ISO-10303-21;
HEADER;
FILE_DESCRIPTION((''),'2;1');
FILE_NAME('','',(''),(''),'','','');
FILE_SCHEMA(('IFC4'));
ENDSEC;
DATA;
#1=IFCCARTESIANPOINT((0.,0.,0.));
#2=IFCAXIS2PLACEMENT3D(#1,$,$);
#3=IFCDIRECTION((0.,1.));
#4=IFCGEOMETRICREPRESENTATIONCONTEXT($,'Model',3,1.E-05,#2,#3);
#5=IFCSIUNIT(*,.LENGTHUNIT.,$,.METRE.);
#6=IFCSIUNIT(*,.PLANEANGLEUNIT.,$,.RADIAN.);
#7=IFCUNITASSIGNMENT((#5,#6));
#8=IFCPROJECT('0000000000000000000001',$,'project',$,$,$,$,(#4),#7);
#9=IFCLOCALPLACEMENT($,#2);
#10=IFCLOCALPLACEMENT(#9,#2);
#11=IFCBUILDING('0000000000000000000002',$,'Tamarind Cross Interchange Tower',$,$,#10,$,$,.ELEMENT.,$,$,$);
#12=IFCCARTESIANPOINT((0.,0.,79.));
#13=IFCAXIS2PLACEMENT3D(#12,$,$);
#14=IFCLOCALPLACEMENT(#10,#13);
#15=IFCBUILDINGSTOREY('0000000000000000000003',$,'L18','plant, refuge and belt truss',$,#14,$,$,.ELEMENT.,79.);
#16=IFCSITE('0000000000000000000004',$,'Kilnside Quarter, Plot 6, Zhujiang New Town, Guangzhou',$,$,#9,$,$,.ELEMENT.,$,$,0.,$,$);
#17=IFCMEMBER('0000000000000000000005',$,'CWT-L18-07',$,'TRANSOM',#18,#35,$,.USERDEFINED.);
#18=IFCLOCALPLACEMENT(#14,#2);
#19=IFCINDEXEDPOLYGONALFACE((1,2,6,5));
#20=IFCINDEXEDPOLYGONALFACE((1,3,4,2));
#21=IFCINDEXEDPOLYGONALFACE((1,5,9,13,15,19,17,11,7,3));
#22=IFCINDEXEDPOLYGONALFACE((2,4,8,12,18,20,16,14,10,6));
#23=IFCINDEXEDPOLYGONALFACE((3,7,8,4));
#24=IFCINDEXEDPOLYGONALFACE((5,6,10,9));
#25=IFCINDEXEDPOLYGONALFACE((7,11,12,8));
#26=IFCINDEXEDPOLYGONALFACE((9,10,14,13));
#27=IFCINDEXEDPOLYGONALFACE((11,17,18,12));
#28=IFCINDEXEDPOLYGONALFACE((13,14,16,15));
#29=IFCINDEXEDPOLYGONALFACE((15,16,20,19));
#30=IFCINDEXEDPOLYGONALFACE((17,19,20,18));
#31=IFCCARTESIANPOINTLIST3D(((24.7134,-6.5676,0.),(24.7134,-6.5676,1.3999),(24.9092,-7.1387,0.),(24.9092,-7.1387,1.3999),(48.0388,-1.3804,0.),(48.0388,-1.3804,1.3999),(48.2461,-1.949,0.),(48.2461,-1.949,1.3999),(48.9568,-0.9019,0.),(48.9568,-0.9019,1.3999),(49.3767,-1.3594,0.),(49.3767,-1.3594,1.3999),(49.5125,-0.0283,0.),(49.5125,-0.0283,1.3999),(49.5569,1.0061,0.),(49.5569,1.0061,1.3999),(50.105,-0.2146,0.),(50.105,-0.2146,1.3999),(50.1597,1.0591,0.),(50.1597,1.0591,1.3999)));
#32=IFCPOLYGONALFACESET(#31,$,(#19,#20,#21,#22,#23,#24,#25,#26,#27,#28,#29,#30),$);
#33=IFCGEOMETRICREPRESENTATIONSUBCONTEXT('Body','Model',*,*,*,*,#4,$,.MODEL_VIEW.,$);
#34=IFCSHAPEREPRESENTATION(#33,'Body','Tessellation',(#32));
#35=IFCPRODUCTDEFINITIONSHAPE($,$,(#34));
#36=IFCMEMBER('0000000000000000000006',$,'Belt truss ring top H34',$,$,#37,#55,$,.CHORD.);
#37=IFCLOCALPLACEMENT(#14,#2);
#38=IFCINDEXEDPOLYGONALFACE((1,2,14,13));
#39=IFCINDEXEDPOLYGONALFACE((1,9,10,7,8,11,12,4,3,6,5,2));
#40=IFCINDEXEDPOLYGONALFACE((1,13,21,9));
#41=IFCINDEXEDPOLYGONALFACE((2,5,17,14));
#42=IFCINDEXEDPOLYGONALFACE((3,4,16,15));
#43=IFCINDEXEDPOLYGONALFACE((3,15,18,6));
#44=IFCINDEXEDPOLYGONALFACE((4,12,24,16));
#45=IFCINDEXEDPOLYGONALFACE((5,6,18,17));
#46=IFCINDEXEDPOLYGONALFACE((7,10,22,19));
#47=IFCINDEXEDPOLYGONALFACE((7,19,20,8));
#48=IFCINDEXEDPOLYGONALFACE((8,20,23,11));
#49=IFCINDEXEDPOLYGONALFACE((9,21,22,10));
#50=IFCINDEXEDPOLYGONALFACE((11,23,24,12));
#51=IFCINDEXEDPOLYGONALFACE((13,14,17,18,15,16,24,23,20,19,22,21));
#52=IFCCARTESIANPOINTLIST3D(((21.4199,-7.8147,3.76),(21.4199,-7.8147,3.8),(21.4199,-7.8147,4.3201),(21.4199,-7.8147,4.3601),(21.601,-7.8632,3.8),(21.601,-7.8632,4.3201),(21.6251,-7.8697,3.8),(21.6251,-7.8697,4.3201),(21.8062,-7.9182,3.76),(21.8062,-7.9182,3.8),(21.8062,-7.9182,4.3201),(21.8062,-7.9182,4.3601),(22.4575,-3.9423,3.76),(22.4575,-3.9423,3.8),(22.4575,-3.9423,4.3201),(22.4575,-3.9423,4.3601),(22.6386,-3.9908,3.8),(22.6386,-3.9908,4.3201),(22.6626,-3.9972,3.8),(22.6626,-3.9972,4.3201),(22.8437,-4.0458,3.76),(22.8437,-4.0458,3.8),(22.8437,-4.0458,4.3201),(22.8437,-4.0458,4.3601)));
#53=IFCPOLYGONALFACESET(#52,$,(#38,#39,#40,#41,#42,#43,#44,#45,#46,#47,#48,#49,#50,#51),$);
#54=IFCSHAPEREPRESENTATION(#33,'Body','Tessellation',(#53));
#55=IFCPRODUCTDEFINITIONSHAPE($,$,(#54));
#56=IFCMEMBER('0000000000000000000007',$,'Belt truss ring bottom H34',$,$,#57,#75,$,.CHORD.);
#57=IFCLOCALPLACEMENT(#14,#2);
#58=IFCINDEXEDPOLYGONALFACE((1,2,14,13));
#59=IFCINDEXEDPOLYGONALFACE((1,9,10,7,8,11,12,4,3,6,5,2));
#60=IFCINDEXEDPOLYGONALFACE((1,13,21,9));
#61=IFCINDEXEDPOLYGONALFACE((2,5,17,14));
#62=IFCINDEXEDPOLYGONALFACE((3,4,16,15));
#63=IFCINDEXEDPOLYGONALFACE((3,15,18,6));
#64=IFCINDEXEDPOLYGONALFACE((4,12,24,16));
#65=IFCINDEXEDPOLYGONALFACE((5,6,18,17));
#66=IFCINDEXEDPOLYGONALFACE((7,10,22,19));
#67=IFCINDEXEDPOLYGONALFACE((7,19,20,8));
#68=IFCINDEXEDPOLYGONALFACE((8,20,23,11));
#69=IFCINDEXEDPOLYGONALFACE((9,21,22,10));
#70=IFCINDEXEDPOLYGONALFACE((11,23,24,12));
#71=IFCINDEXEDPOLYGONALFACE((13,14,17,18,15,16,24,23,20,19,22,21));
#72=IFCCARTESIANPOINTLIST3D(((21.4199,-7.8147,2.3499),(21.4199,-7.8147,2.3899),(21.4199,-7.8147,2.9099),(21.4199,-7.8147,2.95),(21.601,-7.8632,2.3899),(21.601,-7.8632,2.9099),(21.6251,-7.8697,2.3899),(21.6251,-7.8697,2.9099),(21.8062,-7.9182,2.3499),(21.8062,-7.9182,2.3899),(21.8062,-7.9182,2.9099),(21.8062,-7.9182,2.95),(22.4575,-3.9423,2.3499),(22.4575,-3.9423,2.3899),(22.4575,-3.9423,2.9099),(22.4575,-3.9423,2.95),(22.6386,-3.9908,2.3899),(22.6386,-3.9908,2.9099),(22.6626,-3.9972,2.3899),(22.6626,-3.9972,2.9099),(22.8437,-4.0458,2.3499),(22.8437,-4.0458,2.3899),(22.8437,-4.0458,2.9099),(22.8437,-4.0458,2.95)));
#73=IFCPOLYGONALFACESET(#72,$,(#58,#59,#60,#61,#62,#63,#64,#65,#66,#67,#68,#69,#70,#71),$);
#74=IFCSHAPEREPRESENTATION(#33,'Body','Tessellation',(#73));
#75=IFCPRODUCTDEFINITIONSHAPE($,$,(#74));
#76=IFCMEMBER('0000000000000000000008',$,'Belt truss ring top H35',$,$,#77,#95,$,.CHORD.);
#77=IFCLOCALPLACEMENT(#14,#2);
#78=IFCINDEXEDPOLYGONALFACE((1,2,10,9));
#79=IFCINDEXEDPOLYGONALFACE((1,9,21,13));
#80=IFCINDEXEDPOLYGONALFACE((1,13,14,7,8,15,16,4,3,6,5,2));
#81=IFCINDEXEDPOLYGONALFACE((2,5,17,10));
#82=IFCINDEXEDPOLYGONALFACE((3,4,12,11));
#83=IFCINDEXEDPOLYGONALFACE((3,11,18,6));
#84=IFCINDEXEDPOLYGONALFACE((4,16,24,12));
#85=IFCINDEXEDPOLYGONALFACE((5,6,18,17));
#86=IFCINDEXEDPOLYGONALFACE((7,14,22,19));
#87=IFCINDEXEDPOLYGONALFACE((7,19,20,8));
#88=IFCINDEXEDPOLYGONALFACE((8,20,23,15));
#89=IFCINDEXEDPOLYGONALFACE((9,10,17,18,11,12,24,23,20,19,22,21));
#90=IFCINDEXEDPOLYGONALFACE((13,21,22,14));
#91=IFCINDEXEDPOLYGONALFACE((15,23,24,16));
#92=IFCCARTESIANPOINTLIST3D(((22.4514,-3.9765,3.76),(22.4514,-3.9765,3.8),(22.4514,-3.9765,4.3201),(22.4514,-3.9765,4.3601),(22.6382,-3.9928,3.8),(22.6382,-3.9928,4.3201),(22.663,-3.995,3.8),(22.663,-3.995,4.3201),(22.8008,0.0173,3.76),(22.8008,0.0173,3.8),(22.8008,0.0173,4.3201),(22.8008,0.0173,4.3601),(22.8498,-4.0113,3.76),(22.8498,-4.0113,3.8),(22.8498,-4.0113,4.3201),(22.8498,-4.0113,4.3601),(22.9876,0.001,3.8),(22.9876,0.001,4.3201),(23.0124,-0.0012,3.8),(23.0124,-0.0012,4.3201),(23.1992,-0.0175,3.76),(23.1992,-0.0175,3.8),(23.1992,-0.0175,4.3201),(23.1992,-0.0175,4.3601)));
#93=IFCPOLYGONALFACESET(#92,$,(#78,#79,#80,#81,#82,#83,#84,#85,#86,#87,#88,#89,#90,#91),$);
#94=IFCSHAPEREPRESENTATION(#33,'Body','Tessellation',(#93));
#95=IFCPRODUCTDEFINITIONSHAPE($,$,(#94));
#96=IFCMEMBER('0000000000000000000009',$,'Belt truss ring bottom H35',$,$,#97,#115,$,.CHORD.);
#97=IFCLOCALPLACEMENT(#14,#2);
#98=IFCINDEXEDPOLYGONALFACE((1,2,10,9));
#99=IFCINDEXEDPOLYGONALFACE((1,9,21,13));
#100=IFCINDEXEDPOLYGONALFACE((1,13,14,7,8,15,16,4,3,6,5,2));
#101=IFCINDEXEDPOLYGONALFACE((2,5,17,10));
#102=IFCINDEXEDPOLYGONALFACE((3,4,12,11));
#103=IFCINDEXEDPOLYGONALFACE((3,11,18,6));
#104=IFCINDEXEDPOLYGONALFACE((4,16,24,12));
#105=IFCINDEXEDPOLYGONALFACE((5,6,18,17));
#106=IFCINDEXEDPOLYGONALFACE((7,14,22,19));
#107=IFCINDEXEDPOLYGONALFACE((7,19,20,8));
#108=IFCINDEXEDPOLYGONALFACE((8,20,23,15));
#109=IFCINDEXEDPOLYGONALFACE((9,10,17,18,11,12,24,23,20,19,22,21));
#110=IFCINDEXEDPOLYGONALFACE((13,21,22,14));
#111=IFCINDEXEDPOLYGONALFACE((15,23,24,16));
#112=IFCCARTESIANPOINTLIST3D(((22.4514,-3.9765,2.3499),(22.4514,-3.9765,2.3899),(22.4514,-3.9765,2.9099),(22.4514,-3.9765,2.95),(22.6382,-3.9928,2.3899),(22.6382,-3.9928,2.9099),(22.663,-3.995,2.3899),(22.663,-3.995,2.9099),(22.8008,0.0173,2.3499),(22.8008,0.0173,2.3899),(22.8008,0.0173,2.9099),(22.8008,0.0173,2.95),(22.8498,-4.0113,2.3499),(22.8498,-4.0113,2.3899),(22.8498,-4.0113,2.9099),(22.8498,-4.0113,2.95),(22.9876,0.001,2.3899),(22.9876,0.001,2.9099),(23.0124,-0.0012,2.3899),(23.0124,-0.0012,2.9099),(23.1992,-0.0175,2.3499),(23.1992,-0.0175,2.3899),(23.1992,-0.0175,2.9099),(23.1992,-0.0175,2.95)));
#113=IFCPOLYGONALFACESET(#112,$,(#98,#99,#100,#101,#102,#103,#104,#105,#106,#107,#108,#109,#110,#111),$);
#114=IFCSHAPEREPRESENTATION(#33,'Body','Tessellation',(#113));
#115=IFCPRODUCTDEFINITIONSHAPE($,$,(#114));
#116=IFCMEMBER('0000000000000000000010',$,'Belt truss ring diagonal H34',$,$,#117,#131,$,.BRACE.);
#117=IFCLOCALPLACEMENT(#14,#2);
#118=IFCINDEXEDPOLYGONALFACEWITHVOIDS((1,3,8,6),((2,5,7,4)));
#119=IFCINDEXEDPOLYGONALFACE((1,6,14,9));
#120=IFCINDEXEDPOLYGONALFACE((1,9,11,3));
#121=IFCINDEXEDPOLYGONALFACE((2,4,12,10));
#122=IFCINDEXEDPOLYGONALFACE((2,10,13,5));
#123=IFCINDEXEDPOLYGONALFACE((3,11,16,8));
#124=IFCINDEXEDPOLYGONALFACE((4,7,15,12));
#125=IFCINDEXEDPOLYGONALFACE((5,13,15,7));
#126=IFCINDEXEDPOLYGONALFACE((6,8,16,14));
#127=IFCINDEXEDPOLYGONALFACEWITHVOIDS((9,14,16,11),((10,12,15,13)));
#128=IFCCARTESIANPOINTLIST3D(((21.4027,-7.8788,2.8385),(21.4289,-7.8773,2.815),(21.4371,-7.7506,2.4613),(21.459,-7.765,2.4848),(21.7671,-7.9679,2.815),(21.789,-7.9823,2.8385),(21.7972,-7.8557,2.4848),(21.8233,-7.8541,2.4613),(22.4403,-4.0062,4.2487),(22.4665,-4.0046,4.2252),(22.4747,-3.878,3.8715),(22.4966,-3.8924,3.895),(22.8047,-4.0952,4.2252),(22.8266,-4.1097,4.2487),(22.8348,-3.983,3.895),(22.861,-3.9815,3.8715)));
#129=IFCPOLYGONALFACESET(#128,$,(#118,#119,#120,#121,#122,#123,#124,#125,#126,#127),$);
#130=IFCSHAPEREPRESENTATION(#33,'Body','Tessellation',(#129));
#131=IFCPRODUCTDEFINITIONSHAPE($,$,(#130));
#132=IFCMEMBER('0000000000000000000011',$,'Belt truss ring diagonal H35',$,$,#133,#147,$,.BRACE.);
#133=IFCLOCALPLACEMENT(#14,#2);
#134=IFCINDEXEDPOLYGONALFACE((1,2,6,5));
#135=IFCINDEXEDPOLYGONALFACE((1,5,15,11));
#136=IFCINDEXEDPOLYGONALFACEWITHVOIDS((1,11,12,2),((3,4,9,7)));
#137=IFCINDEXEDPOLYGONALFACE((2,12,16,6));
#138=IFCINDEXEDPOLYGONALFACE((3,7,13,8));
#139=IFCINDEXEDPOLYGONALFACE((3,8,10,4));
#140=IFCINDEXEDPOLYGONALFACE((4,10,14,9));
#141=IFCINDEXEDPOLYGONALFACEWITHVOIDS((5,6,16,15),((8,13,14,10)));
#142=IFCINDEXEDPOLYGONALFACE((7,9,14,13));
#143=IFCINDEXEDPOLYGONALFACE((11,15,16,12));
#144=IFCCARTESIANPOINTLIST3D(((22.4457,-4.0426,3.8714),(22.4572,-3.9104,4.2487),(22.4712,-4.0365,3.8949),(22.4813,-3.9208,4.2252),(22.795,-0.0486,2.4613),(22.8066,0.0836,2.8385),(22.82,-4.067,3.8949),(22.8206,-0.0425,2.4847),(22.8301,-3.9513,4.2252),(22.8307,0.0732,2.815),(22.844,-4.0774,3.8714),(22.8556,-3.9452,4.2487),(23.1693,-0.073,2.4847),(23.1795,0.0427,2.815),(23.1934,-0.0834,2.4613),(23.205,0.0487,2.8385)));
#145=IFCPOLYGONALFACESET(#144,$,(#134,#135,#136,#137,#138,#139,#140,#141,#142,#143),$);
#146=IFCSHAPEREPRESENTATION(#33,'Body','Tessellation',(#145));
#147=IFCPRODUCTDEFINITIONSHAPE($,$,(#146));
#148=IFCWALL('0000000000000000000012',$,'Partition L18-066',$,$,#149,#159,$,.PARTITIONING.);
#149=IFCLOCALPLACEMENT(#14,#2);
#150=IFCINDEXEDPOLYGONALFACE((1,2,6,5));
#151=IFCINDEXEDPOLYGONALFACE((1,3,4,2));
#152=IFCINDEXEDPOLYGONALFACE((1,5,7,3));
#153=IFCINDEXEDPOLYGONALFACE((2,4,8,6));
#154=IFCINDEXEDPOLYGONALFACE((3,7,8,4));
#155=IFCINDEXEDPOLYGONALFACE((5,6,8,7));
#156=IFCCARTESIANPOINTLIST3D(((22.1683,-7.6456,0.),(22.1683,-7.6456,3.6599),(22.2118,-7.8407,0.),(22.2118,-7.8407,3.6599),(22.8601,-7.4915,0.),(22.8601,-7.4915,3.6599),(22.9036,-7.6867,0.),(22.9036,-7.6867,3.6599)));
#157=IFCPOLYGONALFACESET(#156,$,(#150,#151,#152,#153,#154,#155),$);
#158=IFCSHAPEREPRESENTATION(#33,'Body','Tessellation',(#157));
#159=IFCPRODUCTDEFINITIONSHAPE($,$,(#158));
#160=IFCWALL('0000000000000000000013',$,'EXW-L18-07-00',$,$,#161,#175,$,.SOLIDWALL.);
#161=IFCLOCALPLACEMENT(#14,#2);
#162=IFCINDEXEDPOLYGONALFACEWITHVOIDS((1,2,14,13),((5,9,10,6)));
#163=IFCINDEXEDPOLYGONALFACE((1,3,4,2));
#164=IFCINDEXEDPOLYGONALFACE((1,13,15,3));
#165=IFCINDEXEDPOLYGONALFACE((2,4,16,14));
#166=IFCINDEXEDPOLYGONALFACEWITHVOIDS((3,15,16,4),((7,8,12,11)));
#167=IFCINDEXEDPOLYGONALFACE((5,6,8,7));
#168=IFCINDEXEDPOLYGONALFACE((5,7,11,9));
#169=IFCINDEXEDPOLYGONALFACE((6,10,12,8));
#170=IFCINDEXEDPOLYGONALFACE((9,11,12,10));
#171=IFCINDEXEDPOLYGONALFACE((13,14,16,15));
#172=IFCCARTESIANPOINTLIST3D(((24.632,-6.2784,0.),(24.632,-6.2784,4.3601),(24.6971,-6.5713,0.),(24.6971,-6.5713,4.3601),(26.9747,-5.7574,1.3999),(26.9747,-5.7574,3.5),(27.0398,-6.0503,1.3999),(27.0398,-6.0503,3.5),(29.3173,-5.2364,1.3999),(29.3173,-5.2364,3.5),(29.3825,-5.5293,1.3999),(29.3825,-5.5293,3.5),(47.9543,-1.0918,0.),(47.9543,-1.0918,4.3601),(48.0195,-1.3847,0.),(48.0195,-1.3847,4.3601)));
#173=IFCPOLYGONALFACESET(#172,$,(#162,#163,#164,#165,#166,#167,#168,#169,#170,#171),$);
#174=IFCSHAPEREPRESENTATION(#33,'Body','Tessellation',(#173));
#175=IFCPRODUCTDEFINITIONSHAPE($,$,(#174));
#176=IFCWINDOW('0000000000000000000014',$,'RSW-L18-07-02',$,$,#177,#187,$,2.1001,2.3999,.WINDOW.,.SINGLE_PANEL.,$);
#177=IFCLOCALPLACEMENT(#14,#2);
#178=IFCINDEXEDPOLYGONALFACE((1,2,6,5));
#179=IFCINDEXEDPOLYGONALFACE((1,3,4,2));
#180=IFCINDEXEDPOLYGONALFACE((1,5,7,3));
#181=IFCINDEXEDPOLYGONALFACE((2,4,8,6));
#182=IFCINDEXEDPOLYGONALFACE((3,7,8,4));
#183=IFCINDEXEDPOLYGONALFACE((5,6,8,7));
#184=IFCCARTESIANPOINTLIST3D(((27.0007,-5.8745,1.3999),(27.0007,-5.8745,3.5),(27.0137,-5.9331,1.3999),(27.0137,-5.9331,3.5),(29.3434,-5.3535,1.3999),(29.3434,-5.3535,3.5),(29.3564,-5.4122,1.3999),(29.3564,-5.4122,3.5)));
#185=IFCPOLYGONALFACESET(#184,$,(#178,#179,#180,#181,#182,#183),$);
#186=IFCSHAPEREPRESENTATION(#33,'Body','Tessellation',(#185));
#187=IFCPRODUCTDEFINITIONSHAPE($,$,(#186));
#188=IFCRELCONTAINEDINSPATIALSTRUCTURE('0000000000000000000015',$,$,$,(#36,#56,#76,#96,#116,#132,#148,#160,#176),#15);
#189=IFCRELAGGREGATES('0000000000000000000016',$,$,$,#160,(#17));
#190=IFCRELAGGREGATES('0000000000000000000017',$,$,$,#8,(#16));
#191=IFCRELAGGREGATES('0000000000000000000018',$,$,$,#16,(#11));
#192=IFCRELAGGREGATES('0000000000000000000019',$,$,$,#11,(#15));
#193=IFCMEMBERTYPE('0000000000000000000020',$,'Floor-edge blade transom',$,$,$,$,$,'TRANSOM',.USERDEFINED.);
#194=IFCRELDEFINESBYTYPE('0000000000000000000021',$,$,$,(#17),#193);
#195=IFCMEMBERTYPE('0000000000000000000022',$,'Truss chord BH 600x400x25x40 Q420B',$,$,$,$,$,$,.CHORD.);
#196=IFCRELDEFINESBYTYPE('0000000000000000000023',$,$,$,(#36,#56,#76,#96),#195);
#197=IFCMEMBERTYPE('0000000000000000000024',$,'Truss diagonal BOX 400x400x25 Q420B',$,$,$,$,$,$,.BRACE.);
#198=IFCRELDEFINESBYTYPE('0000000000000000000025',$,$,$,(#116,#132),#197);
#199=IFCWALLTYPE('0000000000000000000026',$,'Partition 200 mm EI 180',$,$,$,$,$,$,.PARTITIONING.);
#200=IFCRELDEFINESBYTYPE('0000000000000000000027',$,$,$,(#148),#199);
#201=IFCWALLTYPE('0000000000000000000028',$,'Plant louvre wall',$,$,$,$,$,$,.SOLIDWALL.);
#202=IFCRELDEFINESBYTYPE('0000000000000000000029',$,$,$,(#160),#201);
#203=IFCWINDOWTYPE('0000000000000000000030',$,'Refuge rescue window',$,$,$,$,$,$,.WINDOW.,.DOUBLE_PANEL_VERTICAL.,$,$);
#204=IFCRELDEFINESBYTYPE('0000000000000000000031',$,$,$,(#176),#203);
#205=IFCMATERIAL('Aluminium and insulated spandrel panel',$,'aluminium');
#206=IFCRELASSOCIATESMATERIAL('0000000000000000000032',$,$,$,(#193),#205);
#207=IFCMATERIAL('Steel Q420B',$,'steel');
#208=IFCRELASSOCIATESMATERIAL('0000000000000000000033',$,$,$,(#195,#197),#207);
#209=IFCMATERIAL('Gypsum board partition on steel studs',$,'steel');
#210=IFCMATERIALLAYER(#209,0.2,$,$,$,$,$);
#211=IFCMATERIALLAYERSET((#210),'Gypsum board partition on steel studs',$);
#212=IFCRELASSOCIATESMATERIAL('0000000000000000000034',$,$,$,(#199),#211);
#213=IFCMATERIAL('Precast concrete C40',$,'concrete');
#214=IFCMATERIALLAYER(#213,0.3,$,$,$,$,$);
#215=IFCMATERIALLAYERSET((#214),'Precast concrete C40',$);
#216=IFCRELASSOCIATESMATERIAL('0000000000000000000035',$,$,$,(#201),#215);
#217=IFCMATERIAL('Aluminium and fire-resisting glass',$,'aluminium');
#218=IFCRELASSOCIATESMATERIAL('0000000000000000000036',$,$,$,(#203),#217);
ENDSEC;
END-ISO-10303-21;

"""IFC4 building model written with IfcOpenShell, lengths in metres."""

from ifc_helpers import new_model, si_unit, direction, frame, frame_2d, origin, origin_2d, place, context, subcontext, project, spatial, polyline, rectangle, hollow_rectangle, i_section, outline, extrude, material, layer, layer_set, material_profile, profile_set, type_object, element, fill, aggregate, save


model = new_model("IFC4")

# Units and contexts
model_context = context("Model", 3, precision=1e-05, world=origin(), true_north=direction((0.0, 1.0)))
body_context = subcontext(model_context, "Body", "Model", "MODEL_VIEW")
ifc_project = project(units=[si_unit("LENGTHUNIT", "METRE"), si_unit("PLANEANGLEUNIT", "RADIAN")], contexts=[model_context])

# Site, building, storey
site_placement = place(None, origin())
site = spatial("IfcSite", under=ifc_project, at=site_placement, Name="Kilnside Quarter, Plot 6, Zhujiang New Town, Guangzhou", CompositionType="ELEMENT", RefElevation=0.0)
building_placement = place(site_placement, origin())
building = spatial("IfcBuilding", under=site, at=building_placement, Name="Tamarind Cross Interchange Tower", CompositionType="ELEMENT")
storey_placement = place(building_placement, frame((0.0, 0.0, 79.0)))
storey = spatial("IfcBuildingStorey", under=building, at=storey_placement, Name="L18", Description="plant, refuge and belt truss", CompositionType="ELEMENT", Elevation=79.0)

# Member
ifc_material_1 = material(Name="Aluminium and insulated spandrel panel", Category="aluminium")
member_type_1 = type_object("IfcMemberType", Name="Floor-edge blade transom", ElementType="TRANSOM", PredefinedType="USERDEFINED", material=ifc_material_1)
member_placement = place(storey_placement, origin())
member = element("IfcMember", 1, at=member_placement, type_object=member_type_1, Name="CWT-L18-07", ObjectType="TRANSOM", PredefinedType="USERDEFINED", context=body_context, shape_type="SweptSolid", body=[
    extrude(outline(polyline([(24.7134, -6.5676), (48.0388, -1.3804), (48.9568, -0.9019), (49.5125, -0.0283), (49.5569, 1.0061), (50.1597, 1.0591), (50.105, -0.2146), (49.3767, -1.3594), (48.2461, -1.949), (24.9092, -7.1387), (24.7134, -6.5676)])), origin(), (0.0, 0.0, 1.0), 1.3999),
])

# Members
ifc_material_2 = material(Name="Steel Q420B", Category="steel")
ifc_material_profile_1 = material_profile(ifc_material_2, i_section(OverallWidth=0.3999, OverallDepth=0.6001, WebThickness=0.0249, FlangeThickness=0.04, at=origin_2d()), Name="BH 600x400x25x40")
ifc_profile_set_1 = profile_set([ifc_material_profile_1], Name="Steel Q420B")
member_type_2 = type_object("IfcMemberType", Name="Truss chord BH 600x400x25x40 Q420B", PredefinedType="CHORD", material=ifc_profile_set_1)
for number, where, z_axis, x_axis, name in (
    (2, (21.613, -7.8665, 4.0601), (0.258807, 0.965929, 0.0), (-0.965929, 0.258807, 0.0), "Belt truss ring top H34"),
    (3, (21.613, -7.8665, 2.6499), (0.258807, 0.965929, 0.0), (-0.965929, 0.258807, 0.0), "Belt truss ring bottom H34"),
    (4, (22.6506, -3.9939, 4.0601), (0.087142, 0.996196, 0.0), (-0.996196, 0.087142, 0.0), "Belt truss ring top H35"),
    (5, (22.6506, -3.9939, 2.6499), (0.087142, 0.996196, 0.0), (-0.996196, 0.087142, 0.0), "Belt truss ring bottom H35"),
):
    element("IfcMember", number, at=place(storey_placement, frame(where, z_axis=z_axis, x_axis=x_axis)), inside=storey, type_object=member_type_2, Name=name, PredefinedType="CHORD", context=body_context, shape_type="SweptSolid", body=[
        extrude(i_section(OverallWidth=0.3999, OverallDepth=0.6001, WebThickness=0.0249, FlangeThickness=0.04, at=origin_2d()), origin(), (0.0, 0.0, 1.0), 4.009),
    ])
ifc_material_profile_2 = material_profile(ifc_material_2, hollow_rectangle(XDim=0.3999, YDim=0.3999, WallThickness=0.0249, at=origin_2d()), Name="BOX 400x400x25")
ifc_profile_set_2 = profile_set([ifc_material_profile_2], Name="Steel Q420B")
member_type_3 = type_object("IfcMemberType", Name="Truss diagonal BOX 400x400x25 Q420B", PredefinedType="BRACE", material=ifc_profile_set_2)
for number, where, z_axis, x_axis, name in (
    (6, (21.613, -7.8665, 2.6499), (0.244145, 0.911206, 0.331807), (-0.965929, 0.258807, 0.0), "Belt truss ring diagonal H34"),
    (7, (22.6506, -3.9939, 4.0601), (0.082205, 0.939758, -0.331808), (-0.996196, 0.087142, 0.0), "Belt truss ring diagonal H35"),
):
    element("IfcMember", number, at=place(storey_placement, frame(where, z_axis=z_axis, x_axis=x_axis)), inside=storey, type_object=member_type_3, Name=name, PredefinedType="BRACE", context=body_context, shape_type="SweptSolid", body=[
        extrude(hollow_rectangle(XDim=0.3999, YDim=0.3999, WallThickness=0.0249, at=origin_2d()), origin(), (0.0, 0.0, 1.0), 4.25),
    ])

# Wall
ifc_material_3 = material(Name="Gypsum board partition on steel studs", Category="steel")
ifc_layer_1 = layer(ifc_material_3, 0.2)
ifc_layer_set_1 = layer_set([ifc_layer_1], Name="Gypsum board partition on steel studs")
wall_type_1 = type_object("IfcWallType", Name="Partition 200 mm EI 180", PredefinedType="PARTITIONING", material=ifc_layer_set_1)
wall_1_placement = place(storey_placement, frame((22.1899, -7.7432, 0.0), z_axis=(0.0, 0.0, 1.0), x_axis=(0.976098, 0.217332, 0.0)))
element("IfcWall", 8, at=wall_1_placement, inside=storey, type_object=wall_type_1, Name="Partition L18-066", PredefinedType="PARTITIONING", context=body_context, shape_type="SweptSolid", body=[
    extrude(rectangle(XDim=0.7087, YDim=0.2, at=frame_2d((0.3545, 0.0))), origin(), (0.0, 0.0, 1.0), 3.6599),
])

# Shared definitions
ifc_material_4 = material(Name="Precast concrete C40", Category="concrete")
ifc_layer_2 = layer(ifc_material_4, 0.3)
ifc_layer_set_2 = layer_set([ifc_layer_2], Name="Precast concrete C40")
wall_type_2 = type_object("IfcWallType", Name="Plant louvre wall", PredefinedType="SOLIDWALL", material=ifc_layer_set_2)
ifc_material_5 = material(Name="Aluminium and fire-resisting glass", Category="aluminium")

# Wall, opening, window
wall_2_placement = place(storey_placement, frame((24.6646, -6.4248, 0.0), z_axis=(0.0, 0.0, 1.0), x_axis=(0.976153, 0.217082, 0.0)))
wall_2 = element("IfcWall", 9, at=wall_2_placement, inside=storey, type_object=wall_type_2, Name="EXW-L18-07-00", PredefinedType="SOLIDWALL", context=body_context, shape_type="SweptSolid", body=[
    extrude(rectangle(XDim=23.8921, YDim=0.3, at=frame_2d((11.946, 0.0))), origin(), (0.0, 0.0, 1.0), 4.3601),
])
opening_1_placement = place(wall_2_placement, frame((2.3999, 0.0, 1.3999)))
opening_1 = element("IfcOpeningElement", 10, at=opening_1_placement, cuts=wall_2, PredefinedType="OPENING", context=body_context, shape_type="SweptSolid", body=[
    extrude(rectangle(XDim=2.3999, YDim=2.1001, at=frame_2d((1.2, 1.05))), frame((0.0, 0.1599, 0.0), z_axis=(0.0, -1.0, 0.0), x_axis=(1.0, 0.0, 0.0)), (0.0, 0.0, 1.0), 0.3201),
])
window_type_1 = type_object("IfcWindowType", Name="Refuge rescue window", PartitioningType="DOUBLE_PANEL_VERTICAL", PredefinedType="WINDOW", material=ifc_material_5)
window_1_placement = place(opening_1_placement, origin())
window_1 = element("IfcWindow", 11, at=window_1_placement, inside=storey, type_object=window_type_1, Name="RSW-L18-07-02", OverallHeight=2.1001, OverallWidth=2.3999, PartitioningType="SINGLE_PANEL", PredefinedType="WINDOW", context=body_context, shape_type="SweptSolid", body=[
    extrude(rectangle(XDim=2.3999, YDim=2.1001, at=frame_2d((1.2, 1.05))), frame((0.0, 0.03, 0.0), z_axis=(0.0, -1.0, 0.0), x_axis=(1.0, 0.0, 0.0)), (0.0, 0.0, 1.0), 0.0601),
])
fill(opening_1, window_1)
aggregate(wall_2, [member])

save(model, "model.ifc")
